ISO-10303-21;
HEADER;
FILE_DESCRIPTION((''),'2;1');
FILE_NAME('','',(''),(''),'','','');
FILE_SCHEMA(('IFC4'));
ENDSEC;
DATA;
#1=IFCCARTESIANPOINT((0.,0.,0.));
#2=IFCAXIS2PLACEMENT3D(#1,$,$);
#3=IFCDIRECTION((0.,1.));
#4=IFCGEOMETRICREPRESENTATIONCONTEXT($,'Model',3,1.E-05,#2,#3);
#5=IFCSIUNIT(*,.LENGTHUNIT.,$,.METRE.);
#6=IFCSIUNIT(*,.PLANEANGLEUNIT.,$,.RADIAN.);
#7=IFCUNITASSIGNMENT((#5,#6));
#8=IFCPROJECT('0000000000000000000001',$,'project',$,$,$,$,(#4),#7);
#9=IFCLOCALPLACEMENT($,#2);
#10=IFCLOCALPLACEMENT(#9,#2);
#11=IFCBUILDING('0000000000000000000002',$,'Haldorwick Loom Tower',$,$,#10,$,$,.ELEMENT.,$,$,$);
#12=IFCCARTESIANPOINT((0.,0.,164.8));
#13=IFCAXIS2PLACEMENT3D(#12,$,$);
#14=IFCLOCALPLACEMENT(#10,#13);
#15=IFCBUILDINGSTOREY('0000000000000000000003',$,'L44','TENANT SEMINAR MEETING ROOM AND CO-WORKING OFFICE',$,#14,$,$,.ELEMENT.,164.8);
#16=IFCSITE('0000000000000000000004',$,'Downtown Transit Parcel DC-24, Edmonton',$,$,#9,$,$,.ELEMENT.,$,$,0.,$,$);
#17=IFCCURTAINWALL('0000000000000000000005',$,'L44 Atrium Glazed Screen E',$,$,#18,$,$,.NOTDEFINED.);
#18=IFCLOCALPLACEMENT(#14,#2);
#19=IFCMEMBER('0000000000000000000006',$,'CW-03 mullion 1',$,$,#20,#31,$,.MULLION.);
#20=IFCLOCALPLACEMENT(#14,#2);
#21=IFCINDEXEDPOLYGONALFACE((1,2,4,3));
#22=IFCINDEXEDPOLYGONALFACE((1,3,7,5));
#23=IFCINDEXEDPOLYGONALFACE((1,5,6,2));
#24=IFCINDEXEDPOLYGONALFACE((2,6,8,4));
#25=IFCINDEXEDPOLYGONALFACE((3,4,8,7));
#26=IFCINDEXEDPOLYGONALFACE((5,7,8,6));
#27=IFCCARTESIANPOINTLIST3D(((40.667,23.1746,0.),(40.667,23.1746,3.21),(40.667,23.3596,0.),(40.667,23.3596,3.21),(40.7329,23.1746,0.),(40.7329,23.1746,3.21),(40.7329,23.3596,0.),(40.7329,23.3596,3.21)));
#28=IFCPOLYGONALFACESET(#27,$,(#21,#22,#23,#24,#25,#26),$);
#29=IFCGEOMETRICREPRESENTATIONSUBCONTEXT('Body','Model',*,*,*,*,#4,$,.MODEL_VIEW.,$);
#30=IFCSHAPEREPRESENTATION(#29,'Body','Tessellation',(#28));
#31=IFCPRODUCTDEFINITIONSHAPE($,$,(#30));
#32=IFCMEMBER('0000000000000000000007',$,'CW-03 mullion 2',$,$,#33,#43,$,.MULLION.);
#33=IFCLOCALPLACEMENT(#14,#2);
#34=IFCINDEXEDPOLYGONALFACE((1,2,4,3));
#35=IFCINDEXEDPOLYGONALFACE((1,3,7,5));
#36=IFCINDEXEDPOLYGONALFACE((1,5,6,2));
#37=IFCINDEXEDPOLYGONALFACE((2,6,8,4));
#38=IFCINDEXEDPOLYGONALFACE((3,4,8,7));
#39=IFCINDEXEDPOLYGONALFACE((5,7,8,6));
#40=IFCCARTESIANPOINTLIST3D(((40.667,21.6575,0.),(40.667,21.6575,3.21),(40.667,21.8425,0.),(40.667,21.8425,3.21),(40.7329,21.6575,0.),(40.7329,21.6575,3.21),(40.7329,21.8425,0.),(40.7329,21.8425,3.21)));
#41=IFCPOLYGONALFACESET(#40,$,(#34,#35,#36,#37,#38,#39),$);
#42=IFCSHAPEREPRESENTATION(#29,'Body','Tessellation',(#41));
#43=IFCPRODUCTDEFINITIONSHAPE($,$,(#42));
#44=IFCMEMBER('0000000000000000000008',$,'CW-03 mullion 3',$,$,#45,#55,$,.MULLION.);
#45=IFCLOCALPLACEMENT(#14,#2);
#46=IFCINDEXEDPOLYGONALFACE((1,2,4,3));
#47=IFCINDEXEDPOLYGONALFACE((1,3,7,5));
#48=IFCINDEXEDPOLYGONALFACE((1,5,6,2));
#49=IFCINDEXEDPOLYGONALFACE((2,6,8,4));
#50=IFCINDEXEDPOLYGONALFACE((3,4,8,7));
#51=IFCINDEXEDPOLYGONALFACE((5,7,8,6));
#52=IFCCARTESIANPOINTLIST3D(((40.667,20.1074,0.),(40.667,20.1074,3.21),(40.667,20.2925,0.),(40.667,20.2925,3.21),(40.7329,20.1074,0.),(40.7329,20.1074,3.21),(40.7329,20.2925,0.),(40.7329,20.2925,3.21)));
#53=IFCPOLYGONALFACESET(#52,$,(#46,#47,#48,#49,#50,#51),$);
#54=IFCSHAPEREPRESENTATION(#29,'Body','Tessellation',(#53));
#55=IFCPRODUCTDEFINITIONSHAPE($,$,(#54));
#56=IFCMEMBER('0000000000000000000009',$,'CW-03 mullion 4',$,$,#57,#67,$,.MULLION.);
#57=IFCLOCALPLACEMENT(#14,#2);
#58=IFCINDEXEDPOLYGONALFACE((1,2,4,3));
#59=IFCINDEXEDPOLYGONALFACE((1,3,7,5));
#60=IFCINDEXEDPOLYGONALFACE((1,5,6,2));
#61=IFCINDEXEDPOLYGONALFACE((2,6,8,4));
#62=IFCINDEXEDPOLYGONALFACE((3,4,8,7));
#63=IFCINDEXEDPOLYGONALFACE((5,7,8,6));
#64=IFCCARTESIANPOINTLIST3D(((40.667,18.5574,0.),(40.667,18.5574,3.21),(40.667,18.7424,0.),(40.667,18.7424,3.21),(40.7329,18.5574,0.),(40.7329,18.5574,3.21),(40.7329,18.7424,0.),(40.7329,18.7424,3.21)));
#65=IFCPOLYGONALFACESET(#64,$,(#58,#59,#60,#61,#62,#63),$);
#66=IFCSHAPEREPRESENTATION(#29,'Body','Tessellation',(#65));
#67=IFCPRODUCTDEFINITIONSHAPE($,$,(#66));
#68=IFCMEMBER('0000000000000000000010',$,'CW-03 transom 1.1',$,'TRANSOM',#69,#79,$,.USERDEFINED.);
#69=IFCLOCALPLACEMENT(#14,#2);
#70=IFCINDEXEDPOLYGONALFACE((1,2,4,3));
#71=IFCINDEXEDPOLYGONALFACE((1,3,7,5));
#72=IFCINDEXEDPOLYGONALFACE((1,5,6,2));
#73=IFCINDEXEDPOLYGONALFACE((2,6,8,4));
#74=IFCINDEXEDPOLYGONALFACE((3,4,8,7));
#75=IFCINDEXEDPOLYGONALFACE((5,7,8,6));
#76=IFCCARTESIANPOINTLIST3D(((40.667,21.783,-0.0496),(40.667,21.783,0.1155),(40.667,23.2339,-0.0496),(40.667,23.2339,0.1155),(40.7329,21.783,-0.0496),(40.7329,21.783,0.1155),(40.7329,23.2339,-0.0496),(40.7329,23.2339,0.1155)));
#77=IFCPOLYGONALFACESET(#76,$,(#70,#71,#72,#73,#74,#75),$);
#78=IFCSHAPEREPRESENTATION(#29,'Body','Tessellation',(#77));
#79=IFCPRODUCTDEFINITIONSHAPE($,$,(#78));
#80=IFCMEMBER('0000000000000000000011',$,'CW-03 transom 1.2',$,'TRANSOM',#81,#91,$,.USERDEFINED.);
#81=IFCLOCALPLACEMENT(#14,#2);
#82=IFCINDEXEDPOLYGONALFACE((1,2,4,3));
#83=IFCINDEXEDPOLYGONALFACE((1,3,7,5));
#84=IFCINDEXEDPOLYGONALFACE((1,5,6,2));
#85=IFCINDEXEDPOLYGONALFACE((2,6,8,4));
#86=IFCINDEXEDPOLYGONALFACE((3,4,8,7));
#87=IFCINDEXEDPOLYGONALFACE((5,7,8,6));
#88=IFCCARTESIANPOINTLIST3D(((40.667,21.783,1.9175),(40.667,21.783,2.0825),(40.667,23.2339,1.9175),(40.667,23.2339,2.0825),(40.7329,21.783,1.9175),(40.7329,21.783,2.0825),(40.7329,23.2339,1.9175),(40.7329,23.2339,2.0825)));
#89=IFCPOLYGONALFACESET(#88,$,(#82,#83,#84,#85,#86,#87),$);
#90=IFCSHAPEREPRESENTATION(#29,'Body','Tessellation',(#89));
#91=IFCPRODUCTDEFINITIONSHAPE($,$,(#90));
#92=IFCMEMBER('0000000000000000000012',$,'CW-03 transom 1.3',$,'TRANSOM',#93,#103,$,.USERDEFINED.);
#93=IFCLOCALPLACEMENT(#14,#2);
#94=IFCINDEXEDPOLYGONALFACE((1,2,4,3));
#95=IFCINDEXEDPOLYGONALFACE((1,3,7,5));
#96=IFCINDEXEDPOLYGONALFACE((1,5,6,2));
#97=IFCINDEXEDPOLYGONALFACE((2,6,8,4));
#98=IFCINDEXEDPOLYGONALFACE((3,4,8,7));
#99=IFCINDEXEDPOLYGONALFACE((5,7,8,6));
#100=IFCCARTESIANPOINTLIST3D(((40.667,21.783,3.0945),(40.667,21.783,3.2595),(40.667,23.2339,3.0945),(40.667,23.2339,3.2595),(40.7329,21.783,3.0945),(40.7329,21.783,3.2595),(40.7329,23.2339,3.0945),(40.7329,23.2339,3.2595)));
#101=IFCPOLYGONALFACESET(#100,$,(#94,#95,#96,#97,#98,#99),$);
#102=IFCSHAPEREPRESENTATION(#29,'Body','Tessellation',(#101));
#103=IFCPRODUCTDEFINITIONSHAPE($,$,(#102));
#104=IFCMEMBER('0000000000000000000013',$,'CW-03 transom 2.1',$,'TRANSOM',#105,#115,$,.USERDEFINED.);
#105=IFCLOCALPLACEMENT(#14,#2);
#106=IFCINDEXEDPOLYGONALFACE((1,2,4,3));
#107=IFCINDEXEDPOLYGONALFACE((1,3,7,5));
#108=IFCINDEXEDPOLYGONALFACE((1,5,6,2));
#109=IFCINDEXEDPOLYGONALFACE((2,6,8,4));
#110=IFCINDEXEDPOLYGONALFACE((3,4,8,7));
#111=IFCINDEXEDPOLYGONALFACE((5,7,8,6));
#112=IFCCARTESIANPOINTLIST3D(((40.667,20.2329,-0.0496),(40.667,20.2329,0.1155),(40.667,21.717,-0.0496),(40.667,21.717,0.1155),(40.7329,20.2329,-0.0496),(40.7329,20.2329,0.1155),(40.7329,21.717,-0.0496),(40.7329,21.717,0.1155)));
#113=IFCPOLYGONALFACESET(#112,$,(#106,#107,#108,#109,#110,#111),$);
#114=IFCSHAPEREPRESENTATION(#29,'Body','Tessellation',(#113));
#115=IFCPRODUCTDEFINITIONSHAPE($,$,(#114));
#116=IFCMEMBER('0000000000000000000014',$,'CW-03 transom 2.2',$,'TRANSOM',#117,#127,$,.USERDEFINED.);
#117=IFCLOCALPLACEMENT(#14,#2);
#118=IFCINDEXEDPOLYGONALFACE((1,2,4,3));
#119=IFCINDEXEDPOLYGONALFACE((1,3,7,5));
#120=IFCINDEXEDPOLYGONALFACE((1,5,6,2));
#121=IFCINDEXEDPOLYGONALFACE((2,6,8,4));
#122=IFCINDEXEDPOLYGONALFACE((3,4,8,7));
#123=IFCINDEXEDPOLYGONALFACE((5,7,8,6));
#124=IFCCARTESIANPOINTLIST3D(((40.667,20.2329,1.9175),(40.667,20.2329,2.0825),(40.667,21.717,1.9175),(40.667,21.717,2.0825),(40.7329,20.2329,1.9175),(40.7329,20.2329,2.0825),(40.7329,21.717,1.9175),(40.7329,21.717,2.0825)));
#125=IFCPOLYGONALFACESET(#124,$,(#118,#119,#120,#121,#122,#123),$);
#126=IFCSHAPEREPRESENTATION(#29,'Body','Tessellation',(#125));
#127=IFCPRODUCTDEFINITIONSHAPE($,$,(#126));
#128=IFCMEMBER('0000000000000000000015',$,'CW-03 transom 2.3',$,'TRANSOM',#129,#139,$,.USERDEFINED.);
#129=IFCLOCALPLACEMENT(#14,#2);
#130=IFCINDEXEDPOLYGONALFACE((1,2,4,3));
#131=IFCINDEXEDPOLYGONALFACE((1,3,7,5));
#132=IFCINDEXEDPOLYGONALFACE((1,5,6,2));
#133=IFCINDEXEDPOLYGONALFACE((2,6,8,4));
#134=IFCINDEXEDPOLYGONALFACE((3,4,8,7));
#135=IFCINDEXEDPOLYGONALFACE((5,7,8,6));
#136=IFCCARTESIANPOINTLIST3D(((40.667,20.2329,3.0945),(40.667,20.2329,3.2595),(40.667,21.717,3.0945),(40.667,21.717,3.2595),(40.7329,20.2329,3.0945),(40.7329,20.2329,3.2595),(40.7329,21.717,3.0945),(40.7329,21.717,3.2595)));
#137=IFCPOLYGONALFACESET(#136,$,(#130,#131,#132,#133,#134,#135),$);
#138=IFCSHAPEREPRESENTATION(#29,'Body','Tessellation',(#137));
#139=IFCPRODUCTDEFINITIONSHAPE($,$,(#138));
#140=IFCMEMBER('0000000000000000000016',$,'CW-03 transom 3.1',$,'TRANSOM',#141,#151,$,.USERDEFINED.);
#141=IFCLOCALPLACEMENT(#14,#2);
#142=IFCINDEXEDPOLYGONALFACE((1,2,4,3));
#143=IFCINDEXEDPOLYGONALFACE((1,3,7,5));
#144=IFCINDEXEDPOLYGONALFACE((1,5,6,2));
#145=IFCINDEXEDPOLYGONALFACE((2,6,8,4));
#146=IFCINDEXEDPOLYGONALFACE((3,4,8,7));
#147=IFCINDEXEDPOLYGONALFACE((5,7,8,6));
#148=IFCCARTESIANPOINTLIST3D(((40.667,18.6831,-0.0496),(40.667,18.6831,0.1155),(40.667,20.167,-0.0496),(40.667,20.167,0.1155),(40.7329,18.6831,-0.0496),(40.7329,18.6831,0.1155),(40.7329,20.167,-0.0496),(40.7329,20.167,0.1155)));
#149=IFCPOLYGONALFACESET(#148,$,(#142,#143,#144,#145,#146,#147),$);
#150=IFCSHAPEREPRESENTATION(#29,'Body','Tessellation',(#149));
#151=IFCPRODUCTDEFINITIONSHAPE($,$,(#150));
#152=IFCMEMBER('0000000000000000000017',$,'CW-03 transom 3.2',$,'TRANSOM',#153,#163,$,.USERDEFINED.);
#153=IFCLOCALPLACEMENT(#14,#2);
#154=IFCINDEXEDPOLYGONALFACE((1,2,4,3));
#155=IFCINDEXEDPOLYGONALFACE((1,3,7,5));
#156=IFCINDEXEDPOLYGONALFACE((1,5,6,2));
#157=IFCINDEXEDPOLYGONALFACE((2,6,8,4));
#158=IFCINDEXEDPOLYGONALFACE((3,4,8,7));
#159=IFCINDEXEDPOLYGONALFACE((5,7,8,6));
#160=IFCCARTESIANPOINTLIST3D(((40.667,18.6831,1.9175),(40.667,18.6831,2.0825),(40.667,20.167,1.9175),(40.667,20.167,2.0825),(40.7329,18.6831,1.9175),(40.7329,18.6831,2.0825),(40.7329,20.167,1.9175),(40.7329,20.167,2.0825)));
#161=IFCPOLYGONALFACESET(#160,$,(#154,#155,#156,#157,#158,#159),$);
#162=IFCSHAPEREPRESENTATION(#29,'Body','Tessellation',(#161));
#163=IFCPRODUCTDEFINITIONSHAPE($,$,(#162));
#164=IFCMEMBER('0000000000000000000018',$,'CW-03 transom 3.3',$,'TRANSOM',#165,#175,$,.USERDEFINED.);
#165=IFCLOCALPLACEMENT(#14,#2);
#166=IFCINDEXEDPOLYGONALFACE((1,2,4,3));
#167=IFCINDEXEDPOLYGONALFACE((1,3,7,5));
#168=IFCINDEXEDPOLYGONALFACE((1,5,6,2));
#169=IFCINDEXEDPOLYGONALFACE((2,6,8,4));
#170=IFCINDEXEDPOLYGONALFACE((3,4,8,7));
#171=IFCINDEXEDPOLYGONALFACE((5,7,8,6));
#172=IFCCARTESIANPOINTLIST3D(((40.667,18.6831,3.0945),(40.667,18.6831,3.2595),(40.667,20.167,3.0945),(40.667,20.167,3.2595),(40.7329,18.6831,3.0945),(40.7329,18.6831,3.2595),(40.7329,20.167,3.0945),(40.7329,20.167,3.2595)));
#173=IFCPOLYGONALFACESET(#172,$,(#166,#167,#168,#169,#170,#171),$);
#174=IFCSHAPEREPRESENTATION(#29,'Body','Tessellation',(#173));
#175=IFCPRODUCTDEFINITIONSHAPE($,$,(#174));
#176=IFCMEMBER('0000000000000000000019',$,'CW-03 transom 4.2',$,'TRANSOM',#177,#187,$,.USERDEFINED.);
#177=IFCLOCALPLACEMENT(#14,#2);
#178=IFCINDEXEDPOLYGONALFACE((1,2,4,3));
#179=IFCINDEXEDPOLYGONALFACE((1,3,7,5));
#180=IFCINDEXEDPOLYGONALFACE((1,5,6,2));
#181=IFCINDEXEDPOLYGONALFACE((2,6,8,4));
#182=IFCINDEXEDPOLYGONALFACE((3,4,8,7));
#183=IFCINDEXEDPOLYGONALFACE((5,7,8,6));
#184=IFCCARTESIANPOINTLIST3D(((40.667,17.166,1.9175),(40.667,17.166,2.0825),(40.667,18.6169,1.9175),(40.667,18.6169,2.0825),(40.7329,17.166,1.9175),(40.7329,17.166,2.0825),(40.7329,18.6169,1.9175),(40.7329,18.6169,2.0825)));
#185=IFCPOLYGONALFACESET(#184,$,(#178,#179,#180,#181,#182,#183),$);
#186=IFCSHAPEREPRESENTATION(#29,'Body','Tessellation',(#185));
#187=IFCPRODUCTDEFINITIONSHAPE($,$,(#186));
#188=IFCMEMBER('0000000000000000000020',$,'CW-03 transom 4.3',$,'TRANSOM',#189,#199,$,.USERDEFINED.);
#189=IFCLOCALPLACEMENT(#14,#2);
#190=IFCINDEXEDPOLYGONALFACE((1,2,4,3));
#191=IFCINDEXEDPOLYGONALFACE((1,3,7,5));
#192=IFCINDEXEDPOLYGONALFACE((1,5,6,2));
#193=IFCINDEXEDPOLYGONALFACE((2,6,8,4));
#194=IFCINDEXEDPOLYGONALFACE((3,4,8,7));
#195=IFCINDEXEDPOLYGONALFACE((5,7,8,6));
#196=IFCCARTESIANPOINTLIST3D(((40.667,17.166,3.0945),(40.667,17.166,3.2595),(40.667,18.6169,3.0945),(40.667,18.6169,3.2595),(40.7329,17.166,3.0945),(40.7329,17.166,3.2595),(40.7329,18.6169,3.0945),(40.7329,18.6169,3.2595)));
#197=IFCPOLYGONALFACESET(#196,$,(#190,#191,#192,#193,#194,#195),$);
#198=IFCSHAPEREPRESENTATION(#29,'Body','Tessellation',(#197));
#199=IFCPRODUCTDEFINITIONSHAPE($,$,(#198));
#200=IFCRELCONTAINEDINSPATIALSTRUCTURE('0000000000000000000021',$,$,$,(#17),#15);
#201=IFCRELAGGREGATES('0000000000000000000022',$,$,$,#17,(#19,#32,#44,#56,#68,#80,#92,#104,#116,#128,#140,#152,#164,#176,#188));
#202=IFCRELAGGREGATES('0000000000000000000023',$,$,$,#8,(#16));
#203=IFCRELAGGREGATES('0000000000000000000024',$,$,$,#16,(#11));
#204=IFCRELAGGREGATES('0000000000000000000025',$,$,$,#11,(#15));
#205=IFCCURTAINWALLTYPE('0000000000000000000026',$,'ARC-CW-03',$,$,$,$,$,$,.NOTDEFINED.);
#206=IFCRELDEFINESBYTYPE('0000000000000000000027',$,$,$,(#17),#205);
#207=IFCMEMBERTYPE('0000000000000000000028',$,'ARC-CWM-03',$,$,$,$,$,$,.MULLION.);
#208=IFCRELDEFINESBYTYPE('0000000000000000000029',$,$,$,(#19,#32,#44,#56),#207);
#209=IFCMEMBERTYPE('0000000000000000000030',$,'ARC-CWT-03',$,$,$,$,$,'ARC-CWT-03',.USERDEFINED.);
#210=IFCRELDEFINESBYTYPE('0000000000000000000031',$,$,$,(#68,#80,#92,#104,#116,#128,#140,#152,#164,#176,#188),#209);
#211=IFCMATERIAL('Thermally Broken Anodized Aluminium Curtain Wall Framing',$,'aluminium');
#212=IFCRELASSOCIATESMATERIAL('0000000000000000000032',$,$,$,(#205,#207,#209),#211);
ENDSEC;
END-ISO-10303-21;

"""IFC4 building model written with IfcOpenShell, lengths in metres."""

from ifc_helpers import new_model, si_unit, direction, frame, origin, origin_2d, place, context, subcontext, project, spatial, rectangle, extrude, material, material_profile, profile_set, type_object, element, aggregate, save


model = new_model("IFC4")

# Units and contexts
model_context = context("Model", 3, precision=1e-05, world=origin(), true_north=direction((0.0, 1.0)))
body_context = subcontext(model_context, "Body", "Model", "MODEL_VIEW")
ifc_project = project(units=[si_unit("LENGTHUNIT", "METRE"), si_unit("PLANEANGLEUNIT", "RADIAN")], contexts=[model_context])

# Site, building, storey
site_placement = place(None, origin())
site = spatial("IfcSite", under=ifc_project, at=site_placement, Name="Downtown Transit Parcel DC-24, Edmonton", CompositionType="ELEMENT", RefElevation=0.0)
building_placement = place(site_placement, origin())
building = spatial("IfcBuilding", under=site, at=building_placement, Name="Haldorwick Loom Tower", CompositionType="ELEMENT")
storey_placement = place(building_placement, frame((0.0, 0.0, 164.8)))
storey = spatial("IfcBuildingStorey", under=building, at=storey_placement, Name="L44", Description="TENANT SEMINAR MEETING ROOM AND CO-WORKING OFFICE", CompositionType="ELEMENT", Elevation=164.8)

# Curtain wall, members
ifc_material_1 = material(Name="Thermally Broken Anodized Aluminium Curtain Wall Framing", Category="aluminium")
curtain_wall_type = type_object("IfcCurtainWallType", Name="ARC-CW-03", PredefinedType="NOTDEFINED", material=ifc_material_1)
curtain_wall_placement = place(storey_placement, origin())
curtain_wall = element("IfcCurtainWall", 1, at=curtain_wall_placement, inside=storey, type_object=curtain_wall_type, Name="L44 Atrium Glazed Screen E", PredefinedType="NOTDEFINED")
ifc_material_profile_1 = material_profile(ifc_material_1, rectangle(XDim=0.0659, YDim=0.1851, at=origin_2d()), Name="ALU_MUL_66X185", Category="aluminium")
ifc_profile_set_1 = profile_set([ifc_material_profile_1], Name="Thermally Broken Anodized Aluminium Curtain Wall Framing")
member_type_1 = type_object("IfcMemberType", Name="ARC-CWM-03", PredefinedType="MULLION", material=ifc_profile_set_1)
member_1_placement = place(storey_placement, frame((40.7, 23.2671, 0.0), z_axis=(0.0, 0.0, 1.0), x_axis=(1.0, 0.0, 0.0)))
member_1 = element("IfcMember", 2, at=member_1_placement, type_object=member_type_1, Name="CW-03 mullion 1", PredefinedType="MULLION", context=body_context, shape_type="SweptSolid", body=[
    extrude(rectangle(XDim=0.0659, YDim=0.1851, at=origin_2d()), origin(), (0.0, 0.0, 1.0), 3.21),
])
member_2_placement = place(storey_placement, frame((40.7, 21.75, 0.0), z_axis=(0.0, 0.0, 1.0), x_axis=(1.0, 0.0, 0.0)))
member_2 = element("IfcMember", 3, at=member_2_placement, type_object=member_type_1, Name="CW-03 mullion 2", PredefinedType="MULLION", context=body_context, shape_type="SweptSolid", body=[
    extrude(rectangle(XDim=0.0659, YDim=0.1851, at=origin_2d()), origin(), (0.0, 0.0, 1.0), 3.21),
])
member_3_placement = place(storey_placement, frame((40.7, 20.2, 0.0), z_axis=(0.0, 0.0, 1.0), x_axis=(1.0, 0.0, 0.0)))
member_3 = element("IfcMember", 4, at=member_3_placement, type_object=member_type_1, Name="CW-03 mullion 3", PredefinedType="MULLION", context=body_context, shape_type="SweptSolid", body=[
    extrude(rectangle(XDim=0.0659, YDim=0.1851, at=origin_2d()), origin(), (0.0, 0.0, 1.0), 3.21),
])
member_4_placement = place(storey_placement, frame((40.7, 18.6499, 0.0), z_axis=(0.0, 0.0, 1.0), x_axis=(1.0, 0.0, 0.0)))
member_4 = element("IfcMember", 5, at=member_4_placement, type_object=member_type_1, Name="CW-03 mullion 4", PredefinedType="MULLION", context=body_context, shape_type="SweptSolid", body=[
    extrude(rectangle(XDim=0.0659, YDim=0.1851, at=origin_2d()), origin(), (0.0, 0.0, 1.0), 3.21),
])
ifc_material_profile_2 = material_profile(ifc_material_1, rectangle(XDim=0.0659, YDim=0.165, at=origin_2d()), Name="ALU_TRN_66X165", Category="aluminium")
ifc_profile_set_2 = profile_set([ifc_material_profile_2], Name="Thermally Broken Anodized Aluminium Curtain Wall Framing")
member_type_2 = type_object("IfcMemberType", Name="ARC-CWT-03", ElementType="ARC-CWT-03", PredefinedType="USERDEFINED", material=ifc_profile_set_2)
member_5_placement = place(storey_placement, frame((40.7, 23.2339, 0.033), z_axis=(0.0, -1.0, 0.0), x_axis=(1.0, 0.0, 0.0)))
member_5 = element("IfcMember", 6, at=member_5_placement, type_object=member_type_2, Name="CW-03 transom 1.1", ObjectType="TRANSOM", PredefinedType="USERDEFINED", context=body_context, shape_type="SweptSolid", body=[
    extrude(rectangle(XDim=0.0659, YDim=0.165, at=origin_2d()), origin(), (0.0, 0.0, 1.0), 1.4509),
])
member_6_placement = place(storey_placement, frame((40.7, 23.2339, 2.0), z_axis=(0.0, -1.0, 0.0), x_axis=(1.0, 0.0, 0.0)))
member_6 = element("IfcMember", 7, at=member_6_placement, type_object=member_type_2, Name="CW-03 transom 1.2", ObjectType="TRANSOM", PredefinedType="USERDEFINED", context=body_context, shape_type="SweptSolid", body=[
    extrude(rectangle(XDim=0.0659, YDim=0.165, at=origin_2d()), origin(), (0.0, 0.0, 1.0), 1.4509),
])
member_7_placement = place(storey_placement, frame((40.7, 23.2339, 3.177), z_axis=(0.0, -1.0, 0.0), x_axis=(1.0, 0.0, 0.0)))
member_7 = element("IfcMember", 8, at=member_7_placement, type_object=member_type_2, Name="CW-03 transom 1.3", ObjectType="TRANSOM", PredefinedType="USERDEFINED", context=body_context, shape_type="SweptSolid", body=[
    extrude(rectangle(XDim=0.0659, YDim=0.165, at=origin_2d()), origin(), (0.0, 0.0, 1.0), 1.4509),
])
member_8_placement = place(storey_placement, frame((40.7, 21.717, 0.033), z_axis=(0.0, -1.0, 0.0), x_axis=(1.0, 0.0, 0.0)))
member_8 = element("IfcMember", 9, at=member_8_placement, type_object=member_type_2, Name="CW-03 transom 2.1", ObjectType="TRANSOM", PredefinedType="USERDEFINED", context=body_context, shape_type="SweptSolid", body=[
    extrude(rectangle(XDim=0.0659, YDim=0.165, at=origin_2d()), origin(), (0.0, 0.0, 1.0), 1.4841),
])
member_9_placement = place(storey_placement, frame((40.7, 21.717, 2.0), z_axis=(0.0, -1.0, 0.0), x_axis=(1.0, 0.0, 0.0)))
member_9 = element("IfcMember", 10, at=member_9_placement, type_object=member_type_2, Name="CW-03 transom 2.2", ObjectType="TRANSOM", PredefinedType="USERDEFINED", context=body_context, shape_type="SweptSolid", body=[
    extrude(rectangle(XDim=0.0659, YDim=0.165, at=origin_2d()), origin(), (0.0, 0.0, 1.0), 1.4841),
])
member_10_placement = place(storey_placement, frame((40.7, 21.717, 3.177), z_axis=(0.0, -1.0, 0.0), x_axis=(1.0, 0.0, 0.0)))
member_10 = element("IfcMember", 11, at=member_10_placement, type_object=member_type_2, Name="CW-03 transom 2.3", ObjectType="TRANSOM", PredefinedType="USERDEFINED", context=body_context, shape_type="SweptSolid", body=[
    extrude(rectangle(XDim=0.0659, YDim=0.165, at=origin_2d()), origin(), (0.0, 0.0, 1.0), 1.4841),
])
member_11_placement = place(storey_placement, frame((40.7, 20.167, 0.033), z_axis=(0.0, -1.0, 0.0), x_axis=(1.0, 0.0, 0.0)))
member_11 = element("IfcMember", 12, at=member_11_placement, type_object=member_type_2, Name="CW-03 transom 3.1", ObjectType="TRANSOM", PredefinedType="USERDEFINED", context=body_context, shape_type="SweptSolid", body=[
    extrude(rectangle(XDim=0.0659, YDim=0.165, at=origin_2d()), origin(), (0.0, 0.0, 1.0), 1.4839),
])
member_12_placement = place(storey_placement, frame((40.7, 20.167, 2.0), z_axis=(0.0, -1.0, 0.0), x_axis=(1.0, 0.0, 0.0)))
member_12 = element("IfcMember", 13, at=member_12_placement, type_object=member_type_2, Name="CW-03 transom 3.2", ObjectType="TRANSOM", PredefinedType="USERDEFINED", context=body_context, shape_type="SweptSolid", body=[
    extrude(rectangle(XDim=0.0659, YDim=0.165, at=origin_2d()), origin(), (0.0, 0.0, 1.0), 1.4839),
])
member_13_placement = place(storey_placement, frame((40.7, 20.167, 3.177), z_axis=(0.0, -1.0, 0.0), x_axis=(1.0, 0.0, 0.0)))
member_13 = element("IfcMember", 14, at=member_13_placement, type_object=member_type_2, Name="CW-03 transom 3.3", ObjectType="TRANSOM", PredefinedType="USERDEFINED", context=body_context, shape_type="SweptSolid", body=[
    extrude(rectangle(XDim=0.0659, YDim=0.165, at=origin_2d()), origin(), (0.0, 0.0, 1.0), 1.4839),
])
member_14_placement = place(storey_placement, frame((40.7, 18.6169, 2.0), z_axis=(0.0, -1.0, 0.0), x_axis=(1.0, 0.0, 0.0)))
member_14 = element("IfcMember", 15, at=member_14_placement, type_object=member_type_2, Name="CW-03 transom 4.2", ObjectType="TRANSOM", PredefinedType="USERDEFINED", context=body_context, shape_type="SweptSolid", body=[
    extrude(rectangle(XDim=0.0659, YDim=0.165, at=origin_2d()), origin(), (0.0, 0.0, 1.0), 1.4509),
])
member_15_placement = place(storey_placement, frame((40.7, 18.6169, 3.177), z_axis=(0.0, -1.0, 0.0), x_axis=(1.0, 0.0, 0.0)))
member_15 = element("IfcMember", 16, at=member_15_placement, type_object=member_type_2, Name="CW-03 transom 4.3", ObjectType="TRANSOM", PredefinedType="USERDEFINED", context=body_context, shape_type="SweptSolid", body=[
    extrude(rectangle(XDim=0.0659, YDim=0.165, at=origin_2d()), origin(), (0.0, 0.0, 1.0), 1.4509),
])
aggregate(curtain_wall, [member_1, member_2, member_3, member_4, member_5, member_6, member_7, member_8, member_9, member_10, member_11, member_12, member_13, member_14, member_15])

save(model, "model.ifc")
